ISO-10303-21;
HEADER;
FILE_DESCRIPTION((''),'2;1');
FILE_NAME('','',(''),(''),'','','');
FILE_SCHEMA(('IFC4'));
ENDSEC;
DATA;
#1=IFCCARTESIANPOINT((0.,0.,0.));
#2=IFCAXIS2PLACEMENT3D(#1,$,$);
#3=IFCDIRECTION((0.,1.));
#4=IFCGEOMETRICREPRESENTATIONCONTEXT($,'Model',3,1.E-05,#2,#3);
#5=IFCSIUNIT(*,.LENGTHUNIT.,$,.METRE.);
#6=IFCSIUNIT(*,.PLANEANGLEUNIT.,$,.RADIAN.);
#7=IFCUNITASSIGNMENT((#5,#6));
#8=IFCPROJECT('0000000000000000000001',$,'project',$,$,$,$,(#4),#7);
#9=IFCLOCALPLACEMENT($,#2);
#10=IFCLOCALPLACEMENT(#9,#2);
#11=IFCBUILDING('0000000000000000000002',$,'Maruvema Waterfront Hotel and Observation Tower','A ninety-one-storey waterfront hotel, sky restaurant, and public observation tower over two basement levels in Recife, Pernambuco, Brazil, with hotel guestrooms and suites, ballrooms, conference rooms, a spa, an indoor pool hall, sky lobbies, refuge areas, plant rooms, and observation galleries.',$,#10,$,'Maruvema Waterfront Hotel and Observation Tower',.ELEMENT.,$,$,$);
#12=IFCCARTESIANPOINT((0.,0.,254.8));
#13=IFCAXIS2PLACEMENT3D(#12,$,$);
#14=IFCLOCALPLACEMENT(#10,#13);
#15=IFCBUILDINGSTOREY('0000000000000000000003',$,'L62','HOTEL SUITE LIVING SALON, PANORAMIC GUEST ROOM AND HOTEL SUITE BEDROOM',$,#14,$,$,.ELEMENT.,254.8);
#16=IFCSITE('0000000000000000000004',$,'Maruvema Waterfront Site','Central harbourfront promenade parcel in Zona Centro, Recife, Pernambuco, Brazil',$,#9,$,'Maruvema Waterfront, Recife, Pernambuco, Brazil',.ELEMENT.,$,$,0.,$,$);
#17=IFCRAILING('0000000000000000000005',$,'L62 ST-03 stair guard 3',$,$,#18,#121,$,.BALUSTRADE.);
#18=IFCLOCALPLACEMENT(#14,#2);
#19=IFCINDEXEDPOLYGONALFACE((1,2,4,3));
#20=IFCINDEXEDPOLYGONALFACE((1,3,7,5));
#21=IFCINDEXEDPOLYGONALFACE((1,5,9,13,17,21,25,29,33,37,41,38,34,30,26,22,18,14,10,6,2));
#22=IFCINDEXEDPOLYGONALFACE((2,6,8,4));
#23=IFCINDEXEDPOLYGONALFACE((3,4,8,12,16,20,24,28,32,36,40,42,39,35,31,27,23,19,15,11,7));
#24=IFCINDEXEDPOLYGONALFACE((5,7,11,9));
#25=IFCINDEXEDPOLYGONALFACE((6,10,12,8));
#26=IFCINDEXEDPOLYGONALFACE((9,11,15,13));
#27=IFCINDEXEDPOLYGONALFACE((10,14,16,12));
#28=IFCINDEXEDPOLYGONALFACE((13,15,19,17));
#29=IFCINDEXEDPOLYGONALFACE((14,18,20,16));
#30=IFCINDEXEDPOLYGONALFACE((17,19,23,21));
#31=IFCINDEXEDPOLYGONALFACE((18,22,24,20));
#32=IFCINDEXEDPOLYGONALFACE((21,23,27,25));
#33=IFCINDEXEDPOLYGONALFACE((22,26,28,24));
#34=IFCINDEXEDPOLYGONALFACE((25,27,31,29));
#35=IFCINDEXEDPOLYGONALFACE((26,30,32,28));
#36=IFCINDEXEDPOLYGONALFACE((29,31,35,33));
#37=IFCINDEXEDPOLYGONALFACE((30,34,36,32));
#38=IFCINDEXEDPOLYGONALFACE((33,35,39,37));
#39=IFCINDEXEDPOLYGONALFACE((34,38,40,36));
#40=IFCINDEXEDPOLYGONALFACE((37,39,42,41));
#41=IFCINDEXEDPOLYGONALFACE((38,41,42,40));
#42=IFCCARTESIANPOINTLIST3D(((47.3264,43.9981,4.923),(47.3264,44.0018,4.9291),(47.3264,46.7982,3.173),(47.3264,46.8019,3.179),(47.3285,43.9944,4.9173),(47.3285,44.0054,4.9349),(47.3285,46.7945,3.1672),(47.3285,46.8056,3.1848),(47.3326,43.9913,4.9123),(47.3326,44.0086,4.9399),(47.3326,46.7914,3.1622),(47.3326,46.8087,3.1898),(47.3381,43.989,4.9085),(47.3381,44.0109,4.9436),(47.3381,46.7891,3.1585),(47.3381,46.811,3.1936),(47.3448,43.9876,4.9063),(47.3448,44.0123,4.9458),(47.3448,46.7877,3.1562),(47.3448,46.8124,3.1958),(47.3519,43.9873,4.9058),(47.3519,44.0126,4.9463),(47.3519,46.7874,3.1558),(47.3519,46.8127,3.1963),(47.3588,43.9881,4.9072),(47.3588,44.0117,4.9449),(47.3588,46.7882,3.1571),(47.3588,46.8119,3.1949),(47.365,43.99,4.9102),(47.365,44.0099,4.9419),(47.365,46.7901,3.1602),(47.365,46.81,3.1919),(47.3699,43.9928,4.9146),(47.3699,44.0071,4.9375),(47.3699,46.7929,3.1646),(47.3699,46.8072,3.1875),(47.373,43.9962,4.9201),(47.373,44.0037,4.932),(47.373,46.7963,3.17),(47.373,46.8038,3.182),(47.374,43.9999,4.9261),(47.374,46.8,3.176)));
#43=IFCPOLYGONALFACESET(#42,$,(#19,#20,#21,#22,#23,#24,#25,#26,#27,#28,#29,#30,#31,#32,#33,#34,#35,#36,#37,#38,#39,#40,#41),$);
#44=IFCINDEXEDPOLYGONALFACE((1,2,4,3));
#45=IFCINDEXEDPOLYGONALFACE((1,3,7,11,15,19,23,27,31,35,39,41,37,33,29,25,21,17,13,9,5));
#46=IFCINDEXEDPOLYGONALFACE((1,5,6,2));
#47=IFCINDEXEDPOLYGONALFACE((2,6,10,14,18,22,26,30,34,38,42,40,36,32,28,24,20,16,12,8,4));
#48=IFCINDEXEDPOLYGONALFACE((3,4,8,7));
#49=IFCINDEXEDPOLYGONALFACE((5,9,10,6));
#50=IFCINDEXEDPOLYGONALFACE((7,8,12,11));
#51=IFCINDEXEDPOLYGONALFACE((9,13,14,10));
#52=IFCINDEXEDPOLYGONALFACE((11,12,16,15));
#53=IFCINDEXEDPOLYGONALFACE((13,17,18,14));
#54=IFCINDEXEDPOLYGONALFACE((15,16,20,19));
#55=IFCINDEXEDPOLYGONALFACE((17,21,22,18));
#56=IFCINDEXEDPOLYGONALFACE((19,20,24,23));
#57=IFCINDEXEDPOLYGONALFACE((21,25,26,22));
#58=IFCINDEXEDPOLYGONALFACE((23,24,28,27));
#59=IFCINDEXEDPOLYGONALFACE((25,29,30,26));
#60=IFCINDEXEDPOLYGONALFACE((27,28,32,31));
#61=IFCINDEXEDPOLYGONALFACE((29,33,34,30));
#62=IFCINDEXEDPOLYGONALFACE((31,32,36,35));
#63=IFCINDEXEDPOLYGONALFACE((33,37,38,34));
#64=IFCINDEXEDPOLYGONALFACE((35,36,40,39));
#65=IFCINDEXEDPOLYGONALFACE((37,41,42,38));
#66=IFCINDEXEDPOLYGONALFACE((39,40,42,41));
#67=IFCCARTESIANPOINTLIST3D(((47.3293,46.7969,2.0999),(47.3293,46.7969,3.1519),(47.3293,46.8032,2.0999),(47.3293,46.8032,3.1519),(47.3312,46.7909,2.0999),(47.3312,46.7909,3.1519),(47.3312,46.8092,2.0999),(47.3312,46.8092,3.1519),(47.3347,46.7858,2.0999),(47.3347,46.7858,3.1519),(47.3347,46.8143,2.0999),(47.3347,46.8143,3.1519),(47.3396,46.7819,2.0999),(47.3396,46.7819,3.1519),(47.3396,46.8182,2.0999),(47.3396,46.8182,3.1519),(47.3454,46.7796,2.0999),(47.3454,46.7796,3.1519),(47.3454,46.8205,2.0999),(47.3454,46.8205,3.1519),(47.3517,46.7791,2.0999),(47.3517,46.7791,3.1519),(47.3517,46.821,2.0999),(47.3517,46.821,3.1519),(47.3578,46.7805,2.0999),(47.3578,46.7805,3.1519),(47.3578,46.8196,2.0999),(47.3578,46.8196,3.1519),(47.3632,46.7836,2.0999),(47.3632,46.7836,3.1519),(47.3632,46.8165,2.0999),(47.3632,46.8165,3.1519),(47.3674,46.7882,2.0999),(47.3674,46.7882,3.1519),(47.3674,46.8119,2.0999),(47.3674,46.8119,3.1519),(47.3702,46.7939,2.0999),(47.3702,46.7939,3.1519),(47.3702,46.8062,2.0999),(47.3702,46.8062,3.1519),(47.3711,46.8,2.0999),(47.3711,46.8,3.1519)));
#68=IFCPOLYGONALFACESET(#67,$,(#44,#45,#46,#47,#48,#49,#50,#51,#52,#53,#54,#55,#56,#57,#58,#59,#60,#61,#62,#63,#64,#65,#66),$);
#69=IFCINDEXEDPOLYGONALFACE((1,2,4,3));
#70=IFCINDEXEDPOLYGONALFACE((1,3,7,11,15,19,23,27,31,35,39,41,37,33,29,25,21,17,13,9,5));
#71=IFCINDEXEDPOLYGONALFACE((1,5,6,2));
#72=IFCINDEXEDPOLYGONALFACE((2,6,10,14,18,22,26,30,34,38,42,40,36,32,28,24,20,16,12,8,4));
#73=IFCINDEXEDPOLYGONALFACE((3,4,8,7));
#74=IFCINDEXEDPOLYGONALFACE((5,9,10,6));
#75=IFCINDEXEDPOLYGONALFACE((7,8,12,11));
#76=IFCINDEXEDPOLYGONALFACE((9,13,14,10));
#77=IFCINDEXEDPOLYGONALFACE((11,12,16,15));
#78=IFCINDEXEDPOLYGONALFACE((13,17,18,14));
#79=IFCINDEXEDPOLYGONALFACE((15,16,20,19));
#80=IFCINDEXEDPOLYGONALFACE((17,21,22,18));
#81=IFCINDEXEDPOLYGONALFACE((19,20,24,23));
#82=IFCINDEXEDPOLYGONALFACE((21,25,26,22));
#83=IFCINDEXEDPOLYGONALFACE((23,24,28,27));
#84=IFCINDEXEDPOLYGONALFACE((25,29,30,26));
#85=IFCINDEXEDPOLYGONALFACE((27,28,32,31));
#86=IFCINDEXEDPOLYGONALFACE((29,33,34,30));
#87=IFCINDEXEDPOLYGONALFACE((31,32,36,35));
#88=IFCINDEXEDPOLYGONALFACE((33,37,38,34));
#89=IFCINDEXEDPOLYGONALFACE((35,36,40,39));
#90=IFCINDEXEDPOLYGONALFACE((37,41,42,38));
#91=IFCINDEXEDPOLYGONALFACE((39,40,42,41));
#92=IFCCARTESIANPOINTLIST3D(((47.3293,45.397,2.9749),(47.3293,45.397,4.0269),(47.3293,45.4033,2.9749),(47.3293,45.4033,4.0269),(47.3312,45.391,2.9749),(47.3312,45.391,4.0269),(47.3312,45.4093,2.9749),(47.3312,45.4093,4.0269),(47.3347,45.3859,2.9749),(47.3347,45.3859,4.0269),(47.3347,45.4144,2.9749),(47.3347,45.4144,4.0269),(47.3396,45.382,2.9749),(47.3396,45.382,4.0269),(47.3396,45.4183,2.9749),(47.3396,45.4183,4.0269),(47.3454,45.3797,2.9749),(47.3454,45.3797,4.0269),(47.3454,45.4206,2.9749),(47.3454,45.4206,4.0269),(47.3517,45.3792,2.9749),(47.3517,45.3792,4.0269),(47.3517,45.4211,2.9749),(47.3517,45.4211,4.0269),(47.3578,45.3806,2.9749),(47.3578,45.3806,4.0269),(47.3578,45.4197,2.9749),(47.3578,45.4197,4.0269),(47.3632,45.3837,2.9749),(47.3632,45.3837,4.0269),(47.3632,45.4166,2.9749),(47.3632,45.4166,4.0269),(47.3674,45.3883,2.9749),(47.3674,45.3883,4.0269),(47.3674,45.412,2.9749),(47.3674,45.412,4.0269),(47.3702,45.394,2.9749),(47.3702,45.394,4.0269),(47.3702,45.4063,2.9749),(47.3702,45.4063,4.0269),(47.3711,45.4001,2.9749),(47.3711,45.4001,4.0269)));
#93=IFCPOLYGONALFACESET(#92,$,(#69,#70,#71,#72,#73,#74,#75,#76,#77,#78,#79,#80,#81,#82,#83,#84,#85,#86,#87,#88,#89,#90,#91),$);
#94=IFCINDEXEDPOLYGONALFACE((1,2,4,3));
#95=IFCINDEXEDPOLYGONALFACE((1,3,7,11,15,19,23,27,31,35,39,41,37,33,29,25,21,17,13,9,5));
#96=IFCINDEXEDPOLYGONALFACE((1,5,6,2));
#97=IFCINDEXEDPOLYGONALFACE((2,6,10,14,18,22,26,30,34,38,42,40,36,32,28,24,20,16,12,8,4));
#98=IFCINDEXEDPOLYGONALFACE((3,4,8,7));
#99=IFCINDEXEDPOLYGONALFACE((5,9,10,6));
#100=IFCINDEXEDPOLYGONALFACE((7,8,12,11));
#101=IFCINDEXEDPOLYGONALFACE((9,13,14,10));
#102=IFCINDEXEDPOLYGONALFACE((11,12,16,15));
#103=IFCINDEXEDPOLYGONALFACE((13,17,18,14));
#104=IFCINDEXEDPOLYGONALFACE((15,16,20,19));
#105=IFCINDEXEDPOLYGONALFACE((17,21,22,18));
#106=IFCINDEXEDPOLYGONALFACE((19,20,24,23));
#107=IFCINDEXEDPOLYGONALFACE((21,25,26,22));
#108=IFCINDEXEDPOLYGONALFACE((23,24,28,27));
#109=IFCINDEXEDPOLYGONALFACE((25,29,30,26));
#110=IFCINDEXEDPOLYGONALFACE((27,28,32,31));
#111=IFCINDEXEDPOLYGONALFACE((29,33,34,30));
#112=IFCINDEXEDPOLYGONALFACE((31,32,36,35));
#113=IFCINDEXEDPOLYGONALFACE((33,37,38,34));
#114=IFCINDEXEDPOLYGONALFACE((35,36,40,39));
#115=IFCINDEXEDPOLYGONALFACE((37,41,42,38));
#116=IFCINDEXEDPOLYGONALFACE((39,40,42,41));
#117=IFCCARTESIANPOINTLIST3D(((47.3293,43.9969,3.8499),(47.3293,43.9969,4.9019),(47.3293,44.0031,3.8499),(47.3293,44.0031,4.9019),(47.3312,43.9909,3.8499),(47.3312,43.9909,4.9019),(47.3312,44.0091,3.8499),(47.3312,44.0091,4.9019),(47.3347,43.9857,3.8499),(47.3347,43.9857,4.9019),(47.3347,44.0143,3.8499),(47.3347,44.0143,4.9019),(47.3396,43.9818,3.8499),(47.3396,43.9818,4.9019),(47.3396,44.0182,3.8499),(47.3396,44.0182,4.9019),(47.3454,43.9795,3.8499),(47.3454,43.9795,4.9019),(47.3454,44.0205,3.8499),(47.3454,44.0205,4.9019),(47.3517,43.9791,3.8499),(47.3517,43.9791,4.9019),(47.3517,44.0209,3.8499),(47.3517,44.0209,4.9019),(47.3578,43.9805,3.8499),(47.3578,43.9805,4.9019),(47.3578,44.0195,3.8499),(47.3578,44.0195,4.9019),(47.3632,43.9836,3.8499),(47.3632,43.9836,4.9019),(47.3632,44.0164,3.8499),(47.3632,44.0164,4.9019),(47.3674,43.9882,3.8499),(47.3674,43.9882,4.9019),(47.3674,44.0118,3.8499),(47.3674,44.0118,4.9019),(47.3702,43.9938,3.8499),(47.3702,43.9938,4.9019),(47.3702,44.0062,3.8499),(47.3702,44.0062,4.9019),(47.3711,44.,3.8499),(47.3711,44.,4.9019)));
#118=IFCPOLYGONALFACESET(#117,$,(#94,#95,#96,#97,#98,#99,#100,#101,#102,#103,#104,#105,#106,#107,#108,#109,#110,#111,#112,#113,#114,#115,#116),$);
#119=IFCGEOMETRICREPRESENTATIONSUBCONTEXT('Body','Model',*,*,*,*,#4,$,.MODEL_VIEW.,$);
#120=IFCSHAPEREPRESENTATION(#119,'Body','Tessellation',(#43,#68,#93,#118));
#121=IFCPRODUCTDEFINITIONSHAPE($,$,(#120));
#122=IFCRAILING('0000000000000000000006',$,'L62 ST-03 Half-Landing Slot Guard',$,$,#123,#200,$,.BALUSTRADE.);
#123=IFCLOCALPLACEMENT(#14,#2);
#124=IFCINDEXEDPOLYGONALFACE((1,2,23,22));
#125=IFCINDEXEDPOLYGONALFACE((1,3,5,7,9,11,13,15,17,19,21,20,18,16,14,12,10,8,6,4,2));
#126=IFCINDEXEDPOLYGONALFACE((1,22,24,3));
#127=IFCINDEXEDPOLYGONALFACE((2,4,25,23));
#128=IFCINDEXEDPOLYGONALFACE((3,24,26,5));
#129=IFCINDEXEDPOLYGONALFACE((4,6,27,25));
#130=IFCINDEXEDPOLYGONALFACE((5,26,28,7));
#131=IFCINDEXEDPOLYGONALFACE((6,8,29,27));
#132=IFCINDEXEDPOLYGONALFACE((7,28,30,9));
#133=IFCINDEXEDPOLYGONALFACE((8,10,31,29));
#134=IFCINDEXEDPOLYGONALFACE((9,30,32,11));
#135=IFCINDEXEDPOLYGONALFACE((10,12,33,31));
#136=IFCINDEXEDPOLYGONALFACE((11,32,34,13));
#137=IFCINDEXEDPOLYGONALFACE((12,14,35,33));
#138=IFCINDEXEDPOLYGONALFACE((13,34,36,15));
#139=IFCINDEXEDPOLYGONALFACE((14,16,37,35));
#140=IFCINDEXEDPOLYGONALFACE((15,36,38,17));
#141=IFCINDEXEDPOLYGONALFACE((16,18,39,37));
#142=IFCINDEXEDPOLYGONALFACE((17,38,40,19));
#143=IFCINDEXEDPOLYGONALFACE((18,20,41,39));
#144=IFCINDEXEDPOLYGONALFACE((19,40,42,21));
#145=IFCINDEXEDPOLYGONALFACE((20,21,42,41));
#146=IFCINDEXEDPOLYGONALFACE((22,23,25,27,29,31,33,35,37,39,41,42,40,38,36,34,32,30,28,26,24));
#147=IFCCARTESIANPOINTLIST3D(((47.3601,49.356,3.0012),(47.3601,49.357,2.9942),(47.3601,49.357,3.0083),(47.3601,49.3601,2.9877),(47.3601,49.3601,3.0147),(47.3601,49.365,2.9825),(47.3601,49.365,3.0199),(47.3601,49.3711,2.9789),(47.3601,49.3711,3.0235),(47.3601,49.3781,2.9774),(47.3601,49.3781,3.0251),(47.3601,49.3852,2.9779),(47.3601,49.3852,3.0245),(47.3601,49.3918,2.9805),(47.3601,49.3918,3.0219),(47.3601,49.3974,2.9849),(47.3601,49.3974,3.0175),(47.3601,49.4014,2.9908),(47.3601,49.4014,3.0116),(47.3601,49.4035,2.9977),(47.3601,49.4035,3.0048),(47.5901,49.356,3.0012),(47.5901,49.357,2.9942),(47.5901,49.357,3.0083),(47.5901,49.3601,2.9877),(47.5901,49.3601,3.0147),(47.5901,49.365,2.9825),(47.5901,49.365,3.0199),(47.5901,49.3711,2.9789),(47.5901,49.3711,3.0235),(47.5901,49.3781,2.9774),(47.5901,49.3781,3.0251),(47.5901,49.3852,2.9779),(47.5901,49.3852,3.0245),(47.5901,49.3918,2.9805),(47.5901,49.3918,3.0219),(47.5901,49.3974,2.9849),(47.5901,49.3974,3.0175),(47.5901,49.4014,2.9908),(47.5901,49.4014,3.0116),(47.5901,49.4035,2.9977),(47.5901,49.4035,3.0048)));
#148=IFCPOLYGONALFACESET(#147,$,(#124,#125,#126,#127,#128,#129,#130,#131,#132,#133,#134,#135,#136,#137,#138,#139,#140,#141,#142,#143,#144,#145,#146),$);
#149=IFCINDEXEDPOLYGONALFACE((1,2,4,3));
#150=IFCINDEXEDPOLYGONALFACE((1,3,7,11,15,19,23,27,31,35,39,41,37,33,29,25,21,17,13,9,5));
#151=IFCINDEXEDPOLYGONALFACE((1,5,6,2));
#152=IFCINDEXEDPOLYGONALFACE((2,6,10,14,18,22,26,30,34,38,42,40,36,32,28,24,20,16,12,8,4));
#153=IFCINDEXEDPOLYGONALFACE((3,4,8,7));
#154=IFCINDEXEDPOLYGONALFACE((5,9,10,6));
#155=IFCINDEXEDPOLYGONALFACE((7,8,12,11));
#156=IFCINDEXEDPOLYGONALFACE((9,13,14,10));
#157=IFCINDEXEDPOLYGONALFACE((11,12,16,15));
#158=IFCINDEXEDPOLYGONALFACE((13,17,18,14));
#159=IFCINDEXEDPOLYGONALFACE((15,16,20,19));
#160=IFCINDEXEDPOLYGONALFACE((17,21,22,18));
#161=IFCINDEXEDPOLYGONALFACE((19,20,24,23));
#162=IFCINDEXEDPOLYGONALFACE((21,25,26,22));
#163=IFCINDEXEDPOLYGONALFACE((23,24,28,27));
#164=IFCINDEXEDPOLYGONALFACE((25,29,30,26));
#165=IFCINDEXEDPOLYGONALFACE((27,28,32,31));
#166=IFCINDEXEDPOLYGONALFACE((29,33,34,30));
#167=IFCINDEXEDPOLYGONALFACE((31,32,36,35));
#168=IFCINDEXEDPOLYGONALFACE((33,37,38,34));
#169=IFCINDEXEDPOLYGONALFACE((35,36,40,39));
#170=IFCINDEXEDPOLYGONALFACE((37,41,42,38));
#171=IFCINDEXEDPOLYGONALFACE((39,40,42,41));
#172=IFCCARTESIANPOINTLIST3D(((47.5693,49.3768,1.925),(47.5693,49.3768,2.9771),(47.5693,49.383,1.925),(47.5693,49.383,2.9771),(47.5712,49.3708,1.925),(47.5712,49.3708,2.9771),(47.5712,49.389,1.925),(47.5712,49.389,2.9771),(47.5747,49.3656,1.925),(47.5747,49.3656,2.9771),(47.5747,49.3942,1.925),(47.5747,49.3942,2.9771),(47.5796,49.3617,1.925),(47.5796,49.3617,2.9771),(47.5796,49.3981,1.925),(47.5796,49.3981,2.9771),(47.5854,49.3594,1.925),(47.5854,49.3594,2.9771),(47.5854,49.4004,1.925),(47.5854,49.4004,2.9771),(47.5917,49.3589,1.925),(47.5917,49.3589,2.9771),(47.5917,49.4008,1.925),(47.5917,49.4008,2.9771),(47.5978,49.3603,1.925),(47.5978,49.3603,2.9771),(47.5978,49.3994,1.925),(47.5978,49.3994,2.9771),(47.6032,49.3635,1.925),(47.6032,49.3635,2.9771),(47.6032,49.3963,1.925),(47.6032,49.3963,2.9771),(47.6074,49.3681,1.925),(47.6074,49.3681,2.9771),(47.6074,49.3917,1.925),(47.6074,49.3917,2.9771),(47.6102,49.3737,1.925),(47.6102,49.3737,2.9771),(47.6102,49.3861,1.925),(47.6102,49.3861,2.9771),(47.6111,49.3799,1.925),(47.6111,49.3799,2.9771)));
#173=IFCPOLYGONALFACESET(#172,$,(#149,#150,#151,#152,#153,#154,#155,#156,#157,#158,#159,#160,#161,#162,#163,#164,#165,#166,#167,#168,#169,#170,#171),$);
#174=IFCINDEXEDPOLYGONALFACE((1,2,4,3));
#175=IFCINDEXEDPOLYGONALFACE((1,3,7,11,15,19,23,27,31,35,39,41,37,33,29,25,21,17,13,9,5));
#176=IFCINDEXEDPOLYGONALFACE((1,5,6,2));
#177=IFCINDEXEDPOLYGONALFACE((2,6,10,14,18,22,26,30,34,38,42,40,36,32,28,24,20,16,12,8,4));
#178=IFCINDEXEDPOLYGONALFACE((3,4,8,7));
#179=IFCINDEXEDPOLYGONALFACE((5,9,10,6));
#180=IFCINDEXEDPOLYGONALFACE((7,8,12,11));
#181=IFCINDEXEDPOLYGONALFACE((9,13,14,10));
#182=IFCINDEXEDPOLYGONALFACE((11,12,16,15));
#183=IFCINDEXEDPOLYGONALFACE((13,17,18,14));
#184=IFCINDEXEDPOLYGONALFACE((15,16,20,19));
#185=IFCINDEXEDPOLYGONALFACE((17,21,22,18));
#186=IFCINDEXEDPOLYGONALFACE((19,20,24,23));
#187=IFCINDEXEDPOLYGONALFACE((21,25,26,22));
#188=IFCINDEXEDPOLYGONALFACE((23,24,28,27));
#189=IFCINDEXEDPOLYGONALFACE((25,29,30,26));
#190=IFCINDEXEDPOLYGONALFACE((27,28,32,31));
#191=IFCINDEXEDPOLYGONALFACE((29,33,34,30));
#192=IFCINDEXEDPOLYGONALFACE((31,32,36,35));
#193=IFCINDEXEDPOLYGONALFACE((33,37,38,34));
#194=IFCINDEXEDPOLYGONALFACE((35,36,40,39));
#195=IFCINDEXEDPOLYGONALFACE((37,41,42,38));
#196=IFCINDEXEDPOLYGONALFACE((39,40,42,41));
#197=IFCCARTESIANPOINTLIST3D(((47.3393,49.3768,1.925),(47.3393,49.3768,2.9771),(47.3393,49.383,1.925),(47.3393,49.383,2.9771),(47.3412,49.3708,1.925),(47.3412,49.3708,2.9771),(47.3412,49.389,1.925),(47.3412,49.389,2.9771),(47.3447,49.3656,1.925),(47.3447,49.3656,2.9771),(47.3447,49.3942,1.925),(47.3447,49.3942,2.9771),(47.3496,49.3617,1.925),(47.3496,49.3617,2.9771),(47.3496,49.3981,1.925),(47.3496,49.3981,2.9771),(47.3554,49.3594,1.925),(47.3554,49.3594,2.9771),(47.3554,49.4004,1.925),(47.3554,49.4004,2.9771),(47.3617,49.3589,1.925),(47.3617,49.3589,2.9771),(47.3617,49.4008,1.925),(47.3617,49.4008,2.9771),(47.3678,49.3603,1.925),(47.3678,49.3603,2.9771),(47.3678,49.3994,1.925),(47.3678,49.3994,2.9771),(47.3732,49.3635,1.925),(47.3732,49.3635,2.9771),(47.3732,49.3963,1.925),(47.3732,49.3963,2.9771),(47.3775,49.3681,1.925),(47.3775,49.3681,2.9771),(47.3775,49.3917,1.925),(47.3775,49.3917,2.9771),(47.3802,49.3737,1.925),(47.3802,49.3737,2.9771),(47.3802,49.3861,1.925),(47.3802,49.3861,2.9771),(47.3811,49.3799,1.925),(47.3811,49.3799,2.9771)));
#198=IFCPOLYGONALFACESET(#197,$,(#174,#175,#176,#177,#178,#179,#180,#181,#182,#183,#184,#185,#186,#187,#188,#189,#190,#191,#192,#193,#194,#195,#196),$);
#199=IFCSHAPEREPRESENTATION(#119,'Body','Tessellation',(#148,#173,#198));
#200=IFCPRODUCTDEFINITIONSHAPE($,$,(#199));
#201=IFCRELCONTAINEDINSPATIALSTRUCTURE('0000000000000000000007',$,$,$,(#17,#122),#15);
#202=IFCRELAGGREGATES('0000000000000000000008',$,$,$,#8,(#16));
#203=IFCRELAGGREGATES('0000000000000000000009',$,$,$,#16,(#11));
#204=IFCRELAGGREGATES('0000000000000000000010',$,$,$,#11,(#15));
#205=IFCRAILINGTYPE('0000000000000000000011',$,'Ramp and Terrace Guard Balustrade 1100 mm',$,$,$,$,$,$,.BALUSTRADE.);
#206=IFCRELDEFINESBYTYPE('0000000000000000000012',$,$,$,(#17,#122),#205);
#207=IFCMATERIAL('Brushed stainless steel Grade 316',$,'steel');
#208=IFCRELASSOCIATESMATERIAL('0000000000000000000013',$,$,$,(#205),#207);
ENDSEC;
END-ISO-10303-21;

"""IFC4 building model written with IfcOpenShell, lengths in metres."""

from ifc_helpers import new_model, si_unit, direction, frame, origin, origin_2d, place, context, subcontext, project, spatial, circle, extrude, material, type_object, element, save


model = new_model("IFC4")

# Units and contexts
model_context = context("Model", 3, precision=1e-05, world=origin(), true_north=direction((0.0, 1.0)))
body_context = subcontext(model_context, "Body", "Model", "MODEL_VIEW")
ifc_project = project(units=[si_unit("LENGTHUNIT", "METRE"), si_unit("PLANEANGLEUNIT", "RADIAN")], contexts=[model_context])

# Site, building, storey
site_placement = place(None, origin())
site = spatial("IfcSite", under=ifc_project, at=site_placement, Name="Maruvema Waterfront Site", Description="Central harbourfront promenade parcel in Zona Centro, Recife, Pernambuco, Brazil", LongName="Maruvema Waterfront, Recife, Pernambuco, Brazil", CompositionType="ELEMENT", RefElevation=0.0)
building_placement = place(site_placement, origin())
building = spatial("IfcBuilding", under=site, at=building_placement, Name="Maruvema Waterfront Hotel and Observation Tower", Description="A ninety-one-storey waterfront hotel, sky restaurant, and public observation tower over two basement levels in Recife, Pernambuco, Brazil, with hotel guestrooms and suites, ballrooms, conference rooms, a spa, an indoor pool hall, sky lobbies, refuge areas, plant rooms, and observation galleries.", LongName="Maruvema Waterfront Hotel and Observation Tower", CompositionType="ELEMENT")
storey_placement = place(building_placement, frame((0.0, 0.0, 254.8)))
storey = spatial("IfcBuildingStorey", under=building, at=storey_placement, Name="L62", Description="HOTEL SUITE LIVING SALON, PANORAMIC GUEST ROOM AND HOTEL SUITE BEDROOM", CompositionType="ELEMENT", Elevation=254.8)

# Railings
ifc_material_1 = material(Name="Brushed stainless steel Grade 316", Category="steel")
railing_type_1 = type_object("IfcRailingType", Name="Ramp and Terrace Guard Balustrade 1100 mm", PredefinedType="BALUSTRADE", material=ifc_material_1)
railing_1_placement = place(storey_placement, frame((47.3501, 46.8, 2.0999)))
element("IfcRailing", 1, at=railing_1_placement, inside=storey, type_object=railing_type_1, Name="L62 ST-03 stair guard 3", PredefinedType="BALUSTRADE", context=body_context, shape_type="SweptSolid", body=[
    extrude(circle(Radius=0.0239, at=origin_2d()), frame((0.0, 0.0, 1.0762), z_axis=(0.0, -0.848002, 0.529992), x_axis=(1.0, 0.0, 0.0)), (0.0, 0.0, 1.0), 3.302),
    extrude(circle(Radius=0.021, at=origin_2d()), origin(), (0.0, 0.0, 1.0), 1.052),
    extrude(circle(Radius=0.021, at=origin_2d()), frame((0.0, -1.3999, 0.875)), (0.0, 0.0, 1.0), 1.052),
    extrude(circle(Radius=0.021, at=origin_2d()), frame((0.0, -2.8, 1.75)), (0.0, 0.0, 1.0), 1.052),
])
railing_2_placement = place(storey_placement, frame((47.5901, 49.3799, 1.925)))
element("IfcRailing", 2, at=railing_2_placement, inside=storey, type_object=railing_type_1, Name="L62 ST-03 Half-Landing Slot Guard", PredefinedType="BALUSTRADE", context=body_context, shape_type="SweptSolid", body=[
    extrude(circle(Radius=0.0239, at=origin_2d()), frame((0.0, 0.0, 1.0762), z_axis=(-1.0, 0.0, 0.0), x_axis=(0.0, -1.0, 0.0)), (0.0, 0.0, 1.0), 0.23),
    extrude(circle(Radius=0.021, at=origin_2d()), origin(), (0.0, 0.0, 1.0), 1.052),
    extrude(circle(Radius=0.021, at=origin_2d()), frame((-0.23, 0.0, 0.0)), (0.0, 0.0, 1.0), 1.052),
])

save(model, "model.ifc")
